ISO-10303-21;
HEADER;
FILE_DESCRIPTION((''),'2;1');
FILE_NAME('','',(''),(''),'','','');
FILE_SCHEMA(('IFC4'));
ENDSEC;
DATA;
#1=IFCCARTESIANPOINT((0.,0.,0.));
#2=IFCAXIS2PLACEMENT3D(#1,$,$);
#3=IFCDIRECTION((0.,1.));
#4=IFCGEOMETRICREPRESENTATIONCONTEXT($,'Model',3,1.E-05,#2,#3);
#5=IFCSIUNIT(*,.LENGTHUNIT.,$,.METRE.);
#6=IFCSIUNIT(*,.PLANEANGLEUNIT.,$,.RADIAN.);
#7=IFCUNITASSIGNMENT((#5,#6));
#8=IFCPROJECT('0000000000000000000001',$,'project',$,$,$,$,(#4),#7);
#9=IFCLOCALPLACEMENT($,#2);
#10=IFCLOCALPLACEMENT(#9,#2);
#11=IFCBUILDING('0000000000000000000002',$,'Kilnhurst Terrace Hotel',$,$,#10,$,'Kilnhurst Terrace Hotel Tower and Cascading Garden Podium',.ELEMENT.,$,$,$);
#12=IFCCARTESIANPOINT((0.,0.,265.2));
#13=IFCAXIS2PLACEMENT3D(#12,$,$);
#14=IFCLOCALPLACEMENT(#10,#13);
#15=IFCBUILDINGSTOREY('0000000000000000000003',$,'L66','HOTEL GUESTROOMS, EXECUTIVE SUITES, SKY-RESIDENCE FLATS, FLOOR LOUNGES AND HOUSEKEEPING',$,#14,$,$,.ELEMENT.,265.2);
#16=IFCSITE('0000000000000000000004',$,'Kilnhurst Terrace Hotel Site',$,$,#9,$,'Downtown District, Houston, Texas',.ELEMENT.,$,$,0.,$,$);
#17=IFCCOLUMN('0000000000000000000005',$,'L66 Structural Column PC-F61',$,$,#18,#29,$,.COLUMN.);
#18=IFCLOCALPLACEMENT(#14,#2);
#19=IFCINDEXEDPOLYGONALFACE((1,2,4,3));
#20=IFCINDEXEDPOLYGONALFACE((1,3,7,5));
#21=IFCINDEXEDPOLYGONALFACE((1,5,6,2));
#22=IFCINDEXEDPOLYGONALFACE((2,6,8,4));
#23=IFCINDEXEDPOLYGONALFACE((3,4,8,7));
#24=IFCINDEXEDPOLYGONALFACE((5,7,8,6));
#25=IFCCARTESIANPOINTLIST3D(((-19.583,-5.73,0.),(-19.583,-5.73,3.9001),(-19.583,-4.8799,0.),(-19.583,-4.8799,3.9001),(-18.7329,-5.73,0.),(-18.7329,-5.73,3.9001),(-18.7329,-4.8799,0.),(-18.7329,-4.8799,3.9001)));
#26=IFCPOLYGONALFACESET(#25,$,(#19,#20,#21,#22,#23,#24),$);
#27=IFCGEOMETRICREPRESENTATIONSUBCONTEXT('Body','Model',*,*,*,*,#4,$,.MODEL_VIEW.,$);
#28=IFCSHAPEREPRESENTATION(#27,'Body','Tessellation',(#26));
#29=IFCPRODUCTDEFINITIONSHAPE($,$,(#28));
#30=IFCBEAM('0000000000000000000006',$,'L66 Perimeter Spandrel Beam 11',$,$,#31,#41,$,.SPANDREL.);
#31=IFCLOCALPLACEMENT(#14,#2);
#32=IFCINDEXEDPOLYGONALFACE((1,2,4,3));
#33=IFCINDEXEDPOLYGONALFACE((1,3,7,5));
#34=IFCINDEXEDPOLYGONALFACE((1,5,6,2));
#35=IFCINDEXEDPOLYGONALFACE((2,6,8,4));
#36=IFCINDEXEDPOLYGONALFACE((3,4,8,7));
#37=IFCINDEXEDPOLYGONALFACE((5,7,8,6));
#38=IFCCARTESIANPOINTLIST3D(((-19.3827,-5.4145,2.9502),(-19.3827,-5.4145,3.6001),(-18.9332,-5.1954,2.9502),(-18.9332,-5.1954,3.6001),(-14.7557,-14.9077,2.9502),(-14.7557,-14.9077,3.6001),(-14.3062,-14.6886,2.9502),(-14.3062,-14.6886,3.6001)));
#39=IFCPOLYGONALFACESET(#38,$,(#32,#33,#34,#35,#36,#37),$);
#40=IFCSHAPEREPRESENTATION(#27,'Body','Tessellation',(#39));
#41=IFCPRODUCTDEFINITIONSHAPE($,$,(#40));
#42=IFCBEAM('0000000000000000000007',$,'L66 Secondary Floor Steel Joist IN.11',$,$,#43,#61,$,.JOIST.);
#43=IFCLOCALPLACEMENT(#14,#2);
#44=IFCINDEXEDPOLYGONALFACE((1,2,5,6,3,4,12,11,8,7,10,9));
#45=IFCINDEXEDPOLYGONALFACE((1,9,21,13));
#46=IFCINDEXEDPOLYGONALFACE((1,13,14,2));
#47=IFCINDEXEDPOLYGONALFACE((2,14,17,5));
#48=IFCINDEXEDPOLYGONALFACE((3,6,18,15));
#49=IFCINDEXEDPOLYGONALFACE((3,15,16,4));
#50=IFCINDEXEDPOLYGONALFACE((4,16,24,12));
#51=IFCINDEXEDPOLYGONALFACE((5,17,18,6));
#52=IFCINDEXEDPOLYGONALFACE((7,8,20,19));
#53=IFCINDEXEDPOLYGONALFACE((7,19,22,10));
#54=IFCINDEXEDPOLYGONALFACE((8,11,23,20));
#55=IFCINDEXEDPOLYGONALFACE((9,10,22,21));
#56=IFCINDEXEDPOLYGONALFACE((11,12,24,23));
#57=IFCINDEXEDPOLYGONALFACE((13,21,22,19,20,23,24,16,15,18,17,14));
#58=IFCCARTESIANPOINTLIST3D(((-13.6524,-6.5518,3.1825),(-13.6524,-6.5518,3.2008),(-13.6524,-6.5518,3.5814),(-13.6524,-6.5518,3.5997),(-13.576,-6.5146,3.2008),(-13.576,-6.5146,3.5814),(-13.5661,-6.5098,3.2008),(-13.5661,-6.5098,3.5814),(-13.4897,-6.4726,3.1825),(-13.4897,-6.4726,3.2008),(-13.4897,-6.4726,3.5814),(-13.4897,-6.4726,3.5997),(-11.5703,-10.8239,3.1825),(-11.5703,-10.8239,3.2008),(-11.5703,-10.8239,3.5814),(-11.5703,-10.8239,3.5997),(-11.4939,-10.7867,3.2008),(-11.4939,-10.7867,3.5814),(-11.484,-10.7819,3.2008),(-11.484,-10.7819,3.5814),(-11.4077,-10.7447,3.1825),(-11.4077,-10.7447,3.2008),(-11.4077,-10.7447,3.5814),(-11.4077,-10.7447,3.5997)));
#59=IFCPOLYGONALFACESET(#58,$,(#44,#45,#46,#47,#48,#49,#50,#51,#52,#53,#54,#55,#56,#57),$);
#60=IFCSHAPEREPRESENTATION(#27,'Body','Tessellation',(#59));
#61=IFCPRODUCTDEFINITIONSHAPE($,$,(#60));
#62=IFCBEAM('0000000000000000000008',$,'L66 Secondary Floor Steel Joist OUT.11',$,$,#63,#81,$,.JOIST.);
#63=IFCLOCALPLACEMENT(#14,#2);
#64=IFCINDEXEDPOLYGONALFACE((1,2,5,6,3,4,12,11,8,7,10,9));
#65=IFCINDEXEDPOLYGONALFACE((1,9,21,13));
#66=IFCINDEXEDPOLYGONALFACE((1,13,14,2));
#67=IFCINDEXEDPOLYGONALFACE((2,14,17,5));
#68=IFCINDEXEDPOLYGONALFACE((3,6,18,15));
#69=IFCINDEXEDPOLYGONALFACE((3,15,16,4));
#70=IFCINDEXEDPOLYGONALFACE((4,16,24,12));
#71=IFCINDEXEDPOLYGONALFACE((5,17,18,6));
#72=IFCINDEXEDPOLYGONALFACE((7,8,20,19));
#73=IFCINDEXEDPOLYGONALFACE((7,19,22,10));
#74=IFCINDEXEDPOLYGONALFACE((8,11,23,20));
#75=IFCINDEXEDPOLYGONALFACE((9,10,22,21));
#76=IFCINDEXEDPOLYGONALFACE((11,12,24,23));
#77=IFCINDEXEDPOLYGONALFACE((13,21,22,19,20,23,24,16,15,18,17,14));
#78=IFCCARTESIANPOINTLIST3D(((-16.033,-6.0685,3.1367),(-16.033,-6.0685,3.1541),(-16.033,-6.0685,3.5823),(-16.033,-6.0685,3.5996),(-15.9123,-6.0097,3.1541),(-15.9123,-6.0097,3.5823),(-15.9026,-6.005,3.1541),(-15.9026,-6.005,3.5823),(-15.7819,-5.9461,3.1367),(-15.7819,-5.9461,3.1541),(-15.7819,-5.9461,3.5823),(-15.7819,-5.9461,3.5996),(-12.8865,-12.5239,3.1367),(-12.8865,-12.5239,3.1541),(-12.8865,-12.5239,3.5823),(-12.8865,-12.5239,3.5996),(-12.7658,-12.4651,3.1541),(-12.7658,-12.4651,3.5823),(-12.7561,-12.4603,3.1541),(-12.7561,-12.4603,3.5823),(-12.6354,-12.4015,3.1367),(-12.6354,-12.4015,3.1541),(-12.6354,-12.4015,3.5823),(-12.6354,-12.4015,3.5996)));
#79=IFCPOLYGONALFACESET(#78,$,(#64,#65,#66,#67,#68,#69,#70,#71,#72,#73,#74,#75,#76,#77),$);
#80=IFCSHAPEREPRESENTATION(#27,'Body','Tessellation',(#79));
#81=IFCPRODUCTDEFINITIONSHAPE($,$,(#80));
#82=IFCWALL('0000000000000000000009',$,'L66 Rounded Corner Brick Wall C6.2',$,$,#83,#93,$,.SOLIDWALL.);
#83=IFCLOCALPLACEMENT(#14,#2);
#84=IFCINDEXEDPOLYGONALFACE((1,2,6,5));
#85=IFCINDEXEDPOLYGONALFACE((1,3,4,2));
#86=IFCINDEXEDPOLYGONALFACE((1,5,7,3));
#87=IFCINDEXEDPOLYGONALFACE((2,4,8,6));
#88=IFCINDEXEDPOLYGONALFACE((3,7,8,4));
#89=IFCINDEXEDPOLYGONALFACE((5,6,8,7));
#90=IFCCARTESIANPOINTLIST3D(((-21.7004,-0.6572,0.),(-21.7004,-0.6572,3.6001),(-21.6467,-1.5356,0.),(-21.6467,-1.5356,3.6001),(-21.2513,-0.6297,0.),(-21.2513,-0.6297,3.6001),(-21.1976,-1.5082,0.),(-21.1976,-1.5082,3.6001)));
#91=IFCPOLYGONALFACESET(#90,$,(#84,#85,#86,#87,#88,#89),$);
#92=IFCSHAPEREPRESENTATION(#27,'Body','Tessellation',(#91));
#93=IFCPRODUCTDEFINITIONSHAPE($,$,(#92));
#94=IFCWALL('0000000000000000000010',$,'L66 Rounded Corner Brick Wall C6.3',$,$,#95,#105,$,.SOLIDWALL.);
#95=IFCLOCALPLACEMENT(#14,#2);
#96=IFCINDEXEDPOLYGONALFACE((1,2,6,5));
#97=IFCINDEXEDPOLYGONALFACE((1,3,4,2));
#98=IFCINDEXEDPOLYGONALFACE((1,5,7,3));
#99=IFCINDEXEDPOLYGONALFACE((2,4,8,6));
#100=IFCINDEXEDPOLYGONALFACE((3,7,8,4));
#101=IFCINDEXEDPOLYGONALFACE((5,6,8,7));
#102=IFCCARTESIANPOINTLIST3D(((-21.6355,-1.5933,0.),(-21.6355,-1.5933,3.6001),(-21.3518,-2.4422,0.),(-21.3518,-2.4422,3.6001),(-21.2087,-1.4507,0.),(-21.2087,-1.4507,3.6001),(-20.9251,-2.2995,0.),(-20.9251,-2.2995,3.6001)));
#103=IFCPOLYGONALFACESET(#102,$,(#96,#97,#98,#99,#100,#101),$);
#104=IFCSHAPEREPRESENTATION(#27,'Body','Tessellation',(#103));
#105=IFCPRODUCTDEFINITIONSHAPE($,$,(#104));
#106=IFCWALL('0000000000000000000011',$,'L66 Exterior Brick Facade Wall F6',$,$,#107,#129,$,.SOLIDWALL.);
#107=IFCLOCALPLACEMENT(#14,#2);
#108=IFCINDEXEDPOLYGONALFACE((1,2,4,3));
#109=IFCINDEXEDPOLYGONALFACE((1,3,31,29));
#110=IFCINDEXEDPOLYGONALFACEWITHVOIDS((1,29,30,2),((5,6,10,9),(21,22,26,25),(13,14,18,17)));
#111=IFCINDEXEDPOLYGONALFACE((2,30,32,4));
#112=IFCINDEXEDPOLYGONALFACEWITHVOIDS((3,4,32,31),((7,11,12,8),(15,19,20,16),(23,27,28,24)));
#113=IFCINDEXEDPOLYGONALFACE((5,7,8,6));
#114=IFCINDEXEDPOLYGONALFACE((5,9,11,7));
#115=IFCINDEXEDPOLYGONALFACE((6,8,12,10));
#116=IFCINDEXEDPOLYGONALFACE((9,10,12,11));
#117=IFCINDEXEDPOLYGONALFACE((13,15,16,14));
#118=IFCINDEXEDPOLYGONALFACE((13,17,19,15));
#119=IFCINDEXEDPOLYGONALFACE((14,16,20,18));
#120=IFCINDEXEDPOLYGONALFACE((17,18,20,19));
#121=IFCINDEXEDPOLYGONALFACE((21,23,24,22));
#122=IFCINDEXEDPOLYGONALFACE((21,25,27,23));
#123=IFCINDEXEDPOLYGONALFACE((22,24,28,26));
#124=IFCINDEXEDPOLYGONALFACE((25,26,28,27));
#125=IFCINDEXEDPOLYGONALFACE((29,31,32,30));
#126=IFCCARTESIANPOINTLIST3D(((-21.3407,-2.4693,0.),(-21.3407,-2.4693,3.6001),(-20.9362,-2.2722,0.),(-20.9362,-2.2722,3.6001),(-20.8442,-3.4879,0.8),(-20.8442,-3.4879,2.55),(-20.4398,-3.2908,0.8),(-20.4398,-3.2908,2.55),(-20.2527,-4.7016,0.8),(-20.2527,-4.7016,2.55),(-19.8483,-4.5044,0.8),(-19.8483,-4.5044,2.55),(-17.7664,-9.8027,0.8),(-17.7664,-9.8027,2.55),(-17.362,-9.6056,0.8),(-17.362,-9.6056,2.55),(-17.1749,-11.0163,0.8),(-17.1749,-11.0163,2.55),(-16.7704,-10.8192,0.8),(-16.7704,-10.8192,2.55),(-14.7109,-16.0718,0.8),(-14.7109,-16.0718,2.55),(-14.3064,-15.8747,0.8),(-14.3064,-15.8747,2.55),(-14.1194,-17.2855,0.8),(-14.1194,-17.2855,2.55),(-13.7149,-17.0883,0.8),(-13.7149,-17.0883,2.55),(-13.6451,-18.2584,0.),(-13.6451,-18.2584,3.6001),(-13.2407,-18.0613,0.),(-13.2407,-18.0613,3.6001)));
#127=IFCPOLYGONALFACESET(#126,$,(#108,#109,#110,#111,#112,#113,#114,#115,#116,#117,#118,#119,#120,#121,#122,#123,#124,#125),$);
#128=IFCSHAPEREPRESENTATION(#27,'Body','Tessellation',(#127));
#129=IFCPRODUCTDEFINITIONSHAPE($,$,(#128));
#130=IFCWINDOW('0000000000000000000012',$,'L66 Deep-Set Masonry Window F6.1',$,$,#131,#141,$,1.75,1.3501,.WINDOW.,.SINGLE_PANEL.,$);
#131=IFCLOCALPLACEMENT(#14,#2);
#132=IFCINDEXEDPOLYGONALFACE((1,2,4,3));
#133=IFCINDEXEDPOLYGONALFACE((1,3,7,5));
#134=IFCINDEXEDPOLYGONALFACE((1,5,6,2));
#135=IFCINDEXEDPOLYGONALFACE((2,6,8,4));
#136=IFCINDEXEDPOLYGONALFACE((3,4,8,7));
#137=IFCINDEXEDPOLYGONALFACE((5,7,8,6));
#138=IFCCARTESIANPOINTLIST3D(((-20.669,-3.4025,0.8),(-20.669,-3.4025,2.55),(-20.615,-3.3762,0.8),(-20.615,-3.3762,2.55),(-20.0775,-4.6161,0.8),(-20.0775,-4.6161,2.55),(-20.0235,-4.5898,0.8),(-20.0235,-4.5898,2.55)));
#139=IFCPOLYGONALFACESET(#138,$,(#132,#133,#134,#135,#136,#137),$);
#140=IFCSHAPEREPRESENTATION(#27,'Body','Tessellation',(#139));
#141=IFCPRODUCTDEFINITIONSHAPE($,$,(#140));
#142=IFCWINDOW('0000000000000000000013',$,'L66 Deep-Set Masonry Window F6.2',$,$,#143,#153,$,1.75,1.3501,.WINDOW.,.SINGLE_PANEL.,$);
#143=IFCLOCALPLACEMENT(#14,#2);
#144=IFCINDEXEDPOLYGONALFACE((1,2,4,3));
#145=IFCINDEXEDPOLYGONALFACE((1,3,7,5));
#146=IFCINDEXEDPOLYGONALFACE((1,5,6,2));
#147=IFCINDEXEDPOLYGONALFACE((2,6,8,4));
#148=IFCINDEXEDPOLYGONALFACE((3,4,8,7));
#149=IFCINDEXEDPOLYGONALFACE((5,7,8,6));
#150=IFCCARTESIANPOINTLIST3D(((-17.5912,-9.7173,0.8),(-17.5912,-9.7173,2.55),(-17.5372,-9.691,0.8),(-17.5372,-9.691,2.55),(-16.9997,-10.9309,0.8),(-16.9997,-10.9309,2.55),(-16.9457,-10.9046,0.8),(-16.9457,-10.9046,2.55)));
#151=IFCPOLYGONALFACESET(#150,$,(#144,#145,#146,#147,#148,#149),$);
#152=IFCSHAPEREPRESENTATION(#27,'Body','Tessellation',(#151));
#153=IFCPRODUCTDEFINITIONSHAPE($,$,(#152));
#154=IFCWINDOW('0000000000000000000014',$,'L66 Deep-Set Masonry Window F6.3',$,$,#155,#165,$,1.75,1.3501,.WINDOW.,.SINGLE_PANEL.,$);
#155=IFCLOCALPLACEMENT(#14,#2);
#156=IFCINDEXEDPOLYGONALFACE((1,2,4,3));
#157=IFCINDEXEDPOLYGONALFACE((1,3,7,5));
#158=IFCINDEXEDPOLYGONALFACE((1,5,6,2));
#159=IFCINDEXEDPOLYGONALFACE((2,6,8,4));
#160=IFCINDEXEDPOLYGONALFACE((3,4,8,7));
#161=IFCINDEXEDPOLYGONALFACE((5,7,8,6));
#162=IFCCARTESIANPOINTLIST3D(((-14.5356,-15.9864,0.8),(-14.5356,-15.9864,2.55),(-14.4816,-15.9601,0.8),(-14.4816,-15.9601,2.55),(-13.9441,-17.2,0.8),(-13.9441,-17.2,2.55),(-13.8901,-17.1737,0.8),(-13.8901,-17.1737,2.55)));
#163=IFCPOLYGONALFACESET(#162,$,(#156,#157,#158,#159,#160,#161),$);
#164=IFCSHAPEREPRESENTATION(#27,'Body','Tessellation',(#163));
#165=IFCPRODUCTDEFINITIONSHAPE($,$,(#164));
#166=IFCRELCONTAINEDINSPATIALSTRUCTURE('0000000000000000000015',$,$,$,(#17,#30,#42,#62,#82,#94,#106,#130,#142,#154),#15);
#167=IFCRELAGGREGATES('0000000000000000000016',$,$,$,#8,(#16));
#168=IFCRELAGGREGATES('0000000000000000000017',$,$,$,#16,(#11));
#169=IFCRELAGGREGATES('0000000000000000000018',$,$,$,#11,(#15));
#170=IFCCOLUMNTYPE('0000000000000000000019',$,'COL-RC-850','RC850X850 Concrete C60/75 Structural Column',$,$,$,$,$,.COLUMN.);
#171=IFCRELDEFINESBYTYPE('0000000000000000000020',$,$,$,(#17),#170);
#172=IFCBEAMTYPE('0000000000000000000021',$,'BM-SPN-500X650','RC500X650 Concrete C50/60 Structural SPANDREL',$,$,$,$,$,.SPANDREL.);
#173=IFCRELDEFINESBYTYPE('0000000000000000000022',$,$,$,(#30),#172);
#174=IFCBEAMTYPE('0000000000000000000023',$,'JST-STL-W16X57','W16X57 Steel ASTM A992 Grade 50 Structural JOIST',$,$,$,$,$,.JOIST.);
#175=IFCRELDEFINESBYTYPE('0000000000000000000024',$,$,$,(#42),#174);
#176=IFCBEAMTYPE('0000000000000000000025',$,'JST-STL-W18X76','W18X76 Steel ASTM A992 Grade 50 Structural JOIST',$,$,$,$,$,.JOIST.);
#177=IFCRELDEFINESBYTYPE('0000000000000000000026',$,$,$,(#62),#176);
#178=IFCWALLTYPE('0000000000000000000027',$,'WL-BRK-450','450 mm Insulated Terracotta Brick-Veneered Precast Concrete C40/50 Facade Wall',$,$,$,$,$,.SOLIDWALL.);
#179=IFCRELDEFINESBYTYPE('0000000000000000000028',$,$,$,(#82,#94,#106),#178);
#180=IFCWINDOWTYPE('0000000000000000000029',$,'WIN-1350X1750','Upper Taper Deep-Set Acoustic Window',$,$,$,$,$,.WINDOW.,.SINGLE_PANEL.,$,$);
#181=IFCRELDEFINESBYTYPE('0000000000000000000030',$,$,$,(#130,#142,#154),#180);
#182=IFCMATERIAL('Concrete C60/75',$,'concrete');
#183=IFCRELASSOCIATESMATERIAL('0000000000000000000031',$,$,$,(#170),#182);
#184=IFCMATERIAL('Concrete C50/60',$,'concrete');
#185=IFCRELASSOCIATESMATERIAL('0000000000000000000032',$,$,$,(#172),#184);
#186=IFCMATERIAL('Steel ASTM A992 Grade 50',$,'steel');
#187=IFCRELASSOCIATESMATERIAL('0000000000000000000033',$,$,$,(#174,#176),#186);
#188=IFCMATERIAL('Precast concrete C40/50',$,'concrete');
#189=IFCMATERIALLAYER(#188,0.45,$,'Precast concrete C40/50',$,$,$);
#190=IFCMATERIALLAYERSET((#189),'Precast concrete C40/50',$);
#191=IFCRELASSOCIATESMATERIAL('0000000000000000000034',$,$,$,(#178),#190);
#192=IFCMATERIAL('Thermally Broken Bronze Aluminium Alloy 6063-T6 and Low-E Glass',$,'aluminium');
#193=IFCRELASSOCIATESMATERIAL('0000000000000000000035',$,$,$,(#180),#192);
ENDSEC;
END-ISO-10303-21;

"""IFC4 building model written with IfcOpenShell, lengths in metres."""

from ifc_helpers import new_model, si_unit, direction, frame, frame_2d, origin, origin_2d, place, context, subcontext, project, spatial, rectangle, i_section, extrude, material, layer, layer_set, material_profile, profile_set, type_object, element, fill, save


model = new_model("IFC4")

# Units and contexts
model_context = context("Model", 3, precision=1e-05, world=origin(), true_north=direction((0.0, 1.0)))
body_context = subcontext(model_context, "Body", "Model", "MODEL_VIEW")
ifc_project = project(units=[si_unit("LENGTHUNIT", "METRE"), si_unit("PLANEANGLEUNIT", "RADIAN")], contexts=[model_context])

# Site, building, storey
site_placement = place(None, origin())
site = spatial("IfcSite", under=ifc_project, at=site_placement, Name="Kilnhurst Terrace Hotel Site", LongName="Downtown District, Houston, Texas", CompositionType="ELEMENT", RefElevation=0.0)
building_placement = place(site_placement, origin())
building = spatial("IfcBuilding", under=site, at=building_placement, Name="Kilnhurst Terrace Hotel", LongName="Kilnhurst Terrace Hotel Tower and Cascading Garden Podium", CompositionType="ELEMENT")
storey_placement = place(building_placement, frame((0.0, 0.0, 265.2)))
storey = spatial("IfcBuildingStorey", under=building, at=storey_placement, Name="L66", Description="HOTEL GUESTROOMS, EXECUTIVE SUITES, SKY-RESIDENCE FLATS, FLOOR LOUNGES AND HOUSEKEEPING", CompositionType="ELEMENT", Elevation=265.2)

# Column
ifc_material_1 = material(Name="Concrete C60/75", Category="concrete")
ifc_material_profile_1 = material_profile(ifc_material_1, rectangle(XDim=0.8501, YDim=0.8501, at=origin_2d()), Name="RC850X850")
ifc_profile_set_1 = profile_set([ifc_material_profile_1], Name="Concrete C60/75")
column_type = type_object("IfcColumnType", Name="COL-RC-850", Description="RC850X850 Concrete C60/75 Structural Column", PredefinedType="COLUMN", material=ifc_profile_set_1)
column_placement = place(storey_placement, frame((-19.158, -5.3049, 0.0), z_axis=(0.0, 0.0, 1.0), x_axis=(1.0, 0.0, 0.0)))
element("IfcColumn", 1, at=column_placement, inside=storey, type_object=column_type, Name="L66 Structural Column PC-F61", PredefinedType="COLUMN", context=body_context, shape_type="SweptSolid", body=[
    extrude(rectangle(XDim=0.8501, YDim=0.8501, at=origin_2d()), origin(), (0.0, 0.0, 1.0), 3.9001),
])

# Beams
ifc_material_2 = material(Name="Concrete C50/60", Category="concrete")
ifc_material_profile_2 = material_profile(ifc_material_2, rectangle(XDim=0.5, YDim=0.6499, at=origin_2d()), Name="RC500X650")
ifc_profile_set_2 = profile_set([ifc_material_profile_2], Name="Concrete C50/60")
beam_type_1 = type_object("IfcBeamType", Name="BM-SPN-500X650", Description="RC500X650 Concrete C50/60 Structural SPANDREL", PredefinedType="SPANDREL", material=ifc_profile_set_2)
beam_1_placement = place(storey_placement, frame((-19.158, -5.3049, 3.2751), z_axis=(0.438128, -0.898912, 0.0), x_axis=(0.898912, 0.438128, 0.0)))
element("IfcBeam", 2, at=beam_1_placement, inside=storey, type_object=beam_type_1, Name="L66 Perimeter Spandrel Beam 11", PredefinedType="SPANDREL", context=body_context, shape_type="SweptSolid", body=[
    extrude(rectangle(XDim=0.5, YDim=0.6499, at=origin_2d()), origin(), (0.0, 0.0, 1.0), 10.5608),
])
ifc_material_3 = material(Name="Steel ASTM A992 Grade 50", Category="steel")
ifc_material_profile_3 = material_profile(ifc_material_3, i_section(OverallWidth=0.1809, OverallDepth=0.4172, WebThickness=0.011, FlangeThickness=0.0183, at=origin_2d()), Name="W16X57")
ifc_profile_set_3 = profile_set([ifc_material_profile_3], Name="Steel ASTM A992 Grade 50")
beam_type_2 = type_object("IfcBeamType", Name="JST-STL-W16X57", Description="W16X57 Steel ASTM A992 Grade 50 Structural JOIST", PredefinedType="JOIST", material=ifc_profile_set_3)
beam_2_placement = place(storey_placement, frame((-13.571, -6.5122, 3.3911), z_axis=(0.438108, -0.898922, 0.0), x_axis=(0.898922, 0.438108, 0.0)))
element("IfcBeam", 3, at=beam_2_placement, inside=storey, type_object=beam_type_2, Name="L66 Secondary Floor Steel Joist IN.11", PredefinedType="JOIST", context=body_context, shape_type="SweptSolid", body=[
    extrude(i_section(OverallWidth=0.1809, OverallDepth=0.4172, WebThickness=0.011, FlangeThickness=0.0183, at=origin_2d()), origin(), (0.0, 0.0, 1.0), 4.7524),
])
ifc_material_profile_4 = material_profile(ifc_material_3, i_section(OverallWidth=0.2793, OverallDepth=0.4629, WebThickness=0.0107, FlangeThickness=0.0173, at=origin_2d()), Name="W18X76")
ifc_profile_set_4 = profile_set([ifc_material_profile_4], Name="Steel ASTM A992 Grade 50")
beam_type_3 = type_object("IfcBeamType", Name="JST-STL-W18X76", Description="W18X76 Steel ASTM A992 Grade 50 Structural JOIST", PredefinedType="JOIST", material=ifc_profile_set_4)
beam_3_placement = place(storey_placement, frame((-15.9075, -6.0073, 3.3682), z_axis=(0.438148, -0.898903, 0.0), x_axis=(0.898903, 0.438148, 0.0)))
element("IfcBeam", 4, at=beam_3_placement, inside=storey, type_object=beam_type_3, Name="L66 Secondary Floor Steel Joist OUT.11", PredefinedType="JOIST", context=body_context, shape_type="SweptSolid", body=[
    extrude(i_section(OverallWidth=0.2793, OverallDepth=0.4629, WebThickness=0.0107, FlangeThickness=0.0173, at=origin_2d()), origin(), (0.0, 0.0, 1.0), 7.1814),
])

# Walls
ifc_material_4 = material(Name="Precast concrete C40/50", Category="concrete")
ifc_layer_1 = layer(ifc_material_4, 0.45, Name="Precast concrete C40/50")
ifc_layer_set_1 = layer_set([ifc_layer_1], Name="Precast concrete C40/50")
wall_type_1 = type_object("IfcWallType", Name="WL-BRK-450", Description="450 mm Insulated Terracotta Brick-Veneered Precast Concrete C40/50 Facade Wall", PredefinedType="SOLIDWALL", material=ifc_layer_set_1)
wall_1_placement = place(storey_placement, frame((-21.4758, -0.6436, 0.0), z_axis=(0.0, 0.0, 1.0), x_axis=(0.061031, -0.998136, 0.0)))
element("IfcWall", 5, at=wall_1_placement, inside=storey, type_object=wall_type_1, Name="L66 Rounded Corner Brick Wall C6.2", PredefinedType="SOLIDWALL", context=body_context, shape_type="SweptSolid", body=[
    extrude(rectangle(XDim=0.8801, YDim=0.45, at=frame_2d((0.4399, 0.0))), origin(), (0.0, 0.0, 1.0), 3.6001),
])
wall_2_placement = place(storey_placement, frame((-21.4221, -1.522, 0.0), z_axis=(0.0, 0.0, 1.0), x_axis=(0.316964, -0.948438, 0.0)))
element("IfcWall", 6, at=wall_2_placement, inside=storey, type_object=wall_type_1, Name="L66 Rounded Corner Brick Wall C6.3", PredefinedType="SOLIDWALL", context=body_context, shape_type="SweptSolid", body=[
    extrude(rectangle(XDim=0.895, YDim=0.45, at=frame_2d((0.4475, 0.0))), origin(), (0.0, 0.0, 1.0), 3.6001),
])

# Wall, openings, windows
wall_3_placement = place(storey_placement, frame((-21.1384, -2.3708, 0.0), z_axis=(0.0, 0.0, 1.0), x_axis=(0.438128, -0.898913, 0.0)))
wall_3 = element("IfcWall", 7, at=wall_3_placement, inside=storey, type_object=wall_type_1, Name="L66 Exterior Brick Facade Wall F6", PredefinedType="SOLIDWALL", context=body_context, shape_type="SweptSolid", body=[
    extrude(rectangle(XDim=17.5647, YDim=0.45, at=frame_2d((8.7822, 0.0))), origin(), (0.0, 0.0, 1.0), 3.6001),
])
opening_1_placement = place(wall_3_placement, frame((1.1331, 0.0, 0.8)))
opening_1 = element("IfcOpeningElement", 8, at=opening_1_placement, cuts=wall_3, PredefinedType="OPENING", context=body_context, shape_type="SweptSolid", body=[
    extrude(rectangle(XDim=1.3501, YDim=1.75, at=frame_2d((0.675, 0.875))), frame((0.0, 0.2349, 0.0), z_axis=(0.0, -1.0, 0.0), x_axis=(1.0, 0.0, 0.0)), (0.0, 0.0, 1.0), 0.47),
])
opening_2_placement = place(wall_3_placement, frame((8.158, 0.0, 0.8)))
opening_2 = element("IfcOpeningElement", 9, at=opening_2_placement, cuts=wall_3, PredefinedType="OPENING", context=body_context, shape_type="SweptSolid", body=[
    extrude(rectangle(XDim=1.3501, YDim=1.75, at=frame_2d((0.675, 0.875))), frame((0.0, 0.2349, 0.0), z_axis=(0.0, -1.0, 0.0), x_axis=(1.0, 0.0, 0.0)), (0.0, 0.0, 1.0), 0.47),
])
opening_3_placement = place(wall_3_placement, frame((15.1321, 0.0, 0.8)))
opening_3 = element("IfcOpeningElement", 10, at=opening_3_placement, cuts=wall_3, PredefinedType="OPENING", context=body_context, shape_type="SweptSolid", body=[
    extrude(rectangle(XDim=1.3501, YDim=1.75, at=frame_2d((0.675, 0.875))), frame((0.0, 0.2349, 0.0), z_axis=(0.0, -1.0, 0.0), x_axis=(1.0, 0.0, 0.0)), (0.0, 0.0, 1.0), 0.47),
])
ifc_material_5 = material(Name="Thermally Broken Bronze Aluminium Alloy 6063-T6 and Low-E Glass", Category="aluminium")
window_type = type_object("IfcWindowType", Name="WIN-1350X1750", Description="Upper Taper Deep-Set Acoustic Window", PartitioningType="SINGLE_PANEL", PredefinedType="WINDOW", material=ifc_material_5)
window_1_placement = place(opening_1_placement, origin())
window_1 = element("IfcWindow", 11, at=window_1_placement, inside=storey, type_object=window_type, Name="L66 Deep-Set Masonry Window F6.1", OverallHeight=1.75, OverallWidth=1.3501, PartitioningType="SINGLE_PANEL", PredefinedType="WINDOW", context=body_context, shape_type="SweptSolid", body=[
    extrude(rectangle(XDim=1.3501, YDim=1.75, at=frame_2d((0.675, 0.875))), frame((0.0, 0.03, 0.0), z_axis=(0.0, -1.0, 0.0), x_axis=(1.0, 0.0, 0.0)), (0.0, 0.0, 1.0), 0.0601),
])
fill(opening_1, window_1)
window_2_placement = place(opening_2_placement, origin())
window_2 = element("IfcWindow", 12, at=window_2_placement, inside=storey, type_object=window_type, Name="L66 Deep-Set Masonry Window F6.2", OverallHeight=1.75, OverallWidth=1.3501, PartitioningType="SINGLE_PANEL", PredefinedType="WINDOW", context=body_context, shape_type="SweptSolid", body=[
    extrude(rectangle(XDim=1.3501, YDim=1.75, at=frame_2d((0.675, 0.875))), frame((0.0, 0.03, 0.0), z_axis=(0.0, -1.0, 0.0), x_axis=(1.0, 0.0, 0.0)), (0.0, 0.0, 1.0), 0.0601),
])
fill(opening_2, window_2)
window_3_placement = place(opening_3_placement, origin())
window_3 = element("IfcWindow", 13, at=window_3_placement, inside=storey, type_object=window_type, Name="L66 Deep-Set Masonry Window F6.3", OverallHeight=1.75, OverallWidth=1.3501, PartitioningType="SINGLE_PANEL", PredefinedType="WINDOW", context=body_context, shape_type="SweptSolid", body=[
    extrude(rectangle(XDim=1.3501, YDim=1.75, at=frame_2d((0.675, 0.875))), frame((0.0, 0.03, 0.0), z_axis=(0.0, -1.0, 0.0), x_axis=(1.0, 0.0, 0.0)), (0.0, 0.0, 1.0), 0.0601),
])
fill(opening_3, window_3)

save(model, "model.ifc")
